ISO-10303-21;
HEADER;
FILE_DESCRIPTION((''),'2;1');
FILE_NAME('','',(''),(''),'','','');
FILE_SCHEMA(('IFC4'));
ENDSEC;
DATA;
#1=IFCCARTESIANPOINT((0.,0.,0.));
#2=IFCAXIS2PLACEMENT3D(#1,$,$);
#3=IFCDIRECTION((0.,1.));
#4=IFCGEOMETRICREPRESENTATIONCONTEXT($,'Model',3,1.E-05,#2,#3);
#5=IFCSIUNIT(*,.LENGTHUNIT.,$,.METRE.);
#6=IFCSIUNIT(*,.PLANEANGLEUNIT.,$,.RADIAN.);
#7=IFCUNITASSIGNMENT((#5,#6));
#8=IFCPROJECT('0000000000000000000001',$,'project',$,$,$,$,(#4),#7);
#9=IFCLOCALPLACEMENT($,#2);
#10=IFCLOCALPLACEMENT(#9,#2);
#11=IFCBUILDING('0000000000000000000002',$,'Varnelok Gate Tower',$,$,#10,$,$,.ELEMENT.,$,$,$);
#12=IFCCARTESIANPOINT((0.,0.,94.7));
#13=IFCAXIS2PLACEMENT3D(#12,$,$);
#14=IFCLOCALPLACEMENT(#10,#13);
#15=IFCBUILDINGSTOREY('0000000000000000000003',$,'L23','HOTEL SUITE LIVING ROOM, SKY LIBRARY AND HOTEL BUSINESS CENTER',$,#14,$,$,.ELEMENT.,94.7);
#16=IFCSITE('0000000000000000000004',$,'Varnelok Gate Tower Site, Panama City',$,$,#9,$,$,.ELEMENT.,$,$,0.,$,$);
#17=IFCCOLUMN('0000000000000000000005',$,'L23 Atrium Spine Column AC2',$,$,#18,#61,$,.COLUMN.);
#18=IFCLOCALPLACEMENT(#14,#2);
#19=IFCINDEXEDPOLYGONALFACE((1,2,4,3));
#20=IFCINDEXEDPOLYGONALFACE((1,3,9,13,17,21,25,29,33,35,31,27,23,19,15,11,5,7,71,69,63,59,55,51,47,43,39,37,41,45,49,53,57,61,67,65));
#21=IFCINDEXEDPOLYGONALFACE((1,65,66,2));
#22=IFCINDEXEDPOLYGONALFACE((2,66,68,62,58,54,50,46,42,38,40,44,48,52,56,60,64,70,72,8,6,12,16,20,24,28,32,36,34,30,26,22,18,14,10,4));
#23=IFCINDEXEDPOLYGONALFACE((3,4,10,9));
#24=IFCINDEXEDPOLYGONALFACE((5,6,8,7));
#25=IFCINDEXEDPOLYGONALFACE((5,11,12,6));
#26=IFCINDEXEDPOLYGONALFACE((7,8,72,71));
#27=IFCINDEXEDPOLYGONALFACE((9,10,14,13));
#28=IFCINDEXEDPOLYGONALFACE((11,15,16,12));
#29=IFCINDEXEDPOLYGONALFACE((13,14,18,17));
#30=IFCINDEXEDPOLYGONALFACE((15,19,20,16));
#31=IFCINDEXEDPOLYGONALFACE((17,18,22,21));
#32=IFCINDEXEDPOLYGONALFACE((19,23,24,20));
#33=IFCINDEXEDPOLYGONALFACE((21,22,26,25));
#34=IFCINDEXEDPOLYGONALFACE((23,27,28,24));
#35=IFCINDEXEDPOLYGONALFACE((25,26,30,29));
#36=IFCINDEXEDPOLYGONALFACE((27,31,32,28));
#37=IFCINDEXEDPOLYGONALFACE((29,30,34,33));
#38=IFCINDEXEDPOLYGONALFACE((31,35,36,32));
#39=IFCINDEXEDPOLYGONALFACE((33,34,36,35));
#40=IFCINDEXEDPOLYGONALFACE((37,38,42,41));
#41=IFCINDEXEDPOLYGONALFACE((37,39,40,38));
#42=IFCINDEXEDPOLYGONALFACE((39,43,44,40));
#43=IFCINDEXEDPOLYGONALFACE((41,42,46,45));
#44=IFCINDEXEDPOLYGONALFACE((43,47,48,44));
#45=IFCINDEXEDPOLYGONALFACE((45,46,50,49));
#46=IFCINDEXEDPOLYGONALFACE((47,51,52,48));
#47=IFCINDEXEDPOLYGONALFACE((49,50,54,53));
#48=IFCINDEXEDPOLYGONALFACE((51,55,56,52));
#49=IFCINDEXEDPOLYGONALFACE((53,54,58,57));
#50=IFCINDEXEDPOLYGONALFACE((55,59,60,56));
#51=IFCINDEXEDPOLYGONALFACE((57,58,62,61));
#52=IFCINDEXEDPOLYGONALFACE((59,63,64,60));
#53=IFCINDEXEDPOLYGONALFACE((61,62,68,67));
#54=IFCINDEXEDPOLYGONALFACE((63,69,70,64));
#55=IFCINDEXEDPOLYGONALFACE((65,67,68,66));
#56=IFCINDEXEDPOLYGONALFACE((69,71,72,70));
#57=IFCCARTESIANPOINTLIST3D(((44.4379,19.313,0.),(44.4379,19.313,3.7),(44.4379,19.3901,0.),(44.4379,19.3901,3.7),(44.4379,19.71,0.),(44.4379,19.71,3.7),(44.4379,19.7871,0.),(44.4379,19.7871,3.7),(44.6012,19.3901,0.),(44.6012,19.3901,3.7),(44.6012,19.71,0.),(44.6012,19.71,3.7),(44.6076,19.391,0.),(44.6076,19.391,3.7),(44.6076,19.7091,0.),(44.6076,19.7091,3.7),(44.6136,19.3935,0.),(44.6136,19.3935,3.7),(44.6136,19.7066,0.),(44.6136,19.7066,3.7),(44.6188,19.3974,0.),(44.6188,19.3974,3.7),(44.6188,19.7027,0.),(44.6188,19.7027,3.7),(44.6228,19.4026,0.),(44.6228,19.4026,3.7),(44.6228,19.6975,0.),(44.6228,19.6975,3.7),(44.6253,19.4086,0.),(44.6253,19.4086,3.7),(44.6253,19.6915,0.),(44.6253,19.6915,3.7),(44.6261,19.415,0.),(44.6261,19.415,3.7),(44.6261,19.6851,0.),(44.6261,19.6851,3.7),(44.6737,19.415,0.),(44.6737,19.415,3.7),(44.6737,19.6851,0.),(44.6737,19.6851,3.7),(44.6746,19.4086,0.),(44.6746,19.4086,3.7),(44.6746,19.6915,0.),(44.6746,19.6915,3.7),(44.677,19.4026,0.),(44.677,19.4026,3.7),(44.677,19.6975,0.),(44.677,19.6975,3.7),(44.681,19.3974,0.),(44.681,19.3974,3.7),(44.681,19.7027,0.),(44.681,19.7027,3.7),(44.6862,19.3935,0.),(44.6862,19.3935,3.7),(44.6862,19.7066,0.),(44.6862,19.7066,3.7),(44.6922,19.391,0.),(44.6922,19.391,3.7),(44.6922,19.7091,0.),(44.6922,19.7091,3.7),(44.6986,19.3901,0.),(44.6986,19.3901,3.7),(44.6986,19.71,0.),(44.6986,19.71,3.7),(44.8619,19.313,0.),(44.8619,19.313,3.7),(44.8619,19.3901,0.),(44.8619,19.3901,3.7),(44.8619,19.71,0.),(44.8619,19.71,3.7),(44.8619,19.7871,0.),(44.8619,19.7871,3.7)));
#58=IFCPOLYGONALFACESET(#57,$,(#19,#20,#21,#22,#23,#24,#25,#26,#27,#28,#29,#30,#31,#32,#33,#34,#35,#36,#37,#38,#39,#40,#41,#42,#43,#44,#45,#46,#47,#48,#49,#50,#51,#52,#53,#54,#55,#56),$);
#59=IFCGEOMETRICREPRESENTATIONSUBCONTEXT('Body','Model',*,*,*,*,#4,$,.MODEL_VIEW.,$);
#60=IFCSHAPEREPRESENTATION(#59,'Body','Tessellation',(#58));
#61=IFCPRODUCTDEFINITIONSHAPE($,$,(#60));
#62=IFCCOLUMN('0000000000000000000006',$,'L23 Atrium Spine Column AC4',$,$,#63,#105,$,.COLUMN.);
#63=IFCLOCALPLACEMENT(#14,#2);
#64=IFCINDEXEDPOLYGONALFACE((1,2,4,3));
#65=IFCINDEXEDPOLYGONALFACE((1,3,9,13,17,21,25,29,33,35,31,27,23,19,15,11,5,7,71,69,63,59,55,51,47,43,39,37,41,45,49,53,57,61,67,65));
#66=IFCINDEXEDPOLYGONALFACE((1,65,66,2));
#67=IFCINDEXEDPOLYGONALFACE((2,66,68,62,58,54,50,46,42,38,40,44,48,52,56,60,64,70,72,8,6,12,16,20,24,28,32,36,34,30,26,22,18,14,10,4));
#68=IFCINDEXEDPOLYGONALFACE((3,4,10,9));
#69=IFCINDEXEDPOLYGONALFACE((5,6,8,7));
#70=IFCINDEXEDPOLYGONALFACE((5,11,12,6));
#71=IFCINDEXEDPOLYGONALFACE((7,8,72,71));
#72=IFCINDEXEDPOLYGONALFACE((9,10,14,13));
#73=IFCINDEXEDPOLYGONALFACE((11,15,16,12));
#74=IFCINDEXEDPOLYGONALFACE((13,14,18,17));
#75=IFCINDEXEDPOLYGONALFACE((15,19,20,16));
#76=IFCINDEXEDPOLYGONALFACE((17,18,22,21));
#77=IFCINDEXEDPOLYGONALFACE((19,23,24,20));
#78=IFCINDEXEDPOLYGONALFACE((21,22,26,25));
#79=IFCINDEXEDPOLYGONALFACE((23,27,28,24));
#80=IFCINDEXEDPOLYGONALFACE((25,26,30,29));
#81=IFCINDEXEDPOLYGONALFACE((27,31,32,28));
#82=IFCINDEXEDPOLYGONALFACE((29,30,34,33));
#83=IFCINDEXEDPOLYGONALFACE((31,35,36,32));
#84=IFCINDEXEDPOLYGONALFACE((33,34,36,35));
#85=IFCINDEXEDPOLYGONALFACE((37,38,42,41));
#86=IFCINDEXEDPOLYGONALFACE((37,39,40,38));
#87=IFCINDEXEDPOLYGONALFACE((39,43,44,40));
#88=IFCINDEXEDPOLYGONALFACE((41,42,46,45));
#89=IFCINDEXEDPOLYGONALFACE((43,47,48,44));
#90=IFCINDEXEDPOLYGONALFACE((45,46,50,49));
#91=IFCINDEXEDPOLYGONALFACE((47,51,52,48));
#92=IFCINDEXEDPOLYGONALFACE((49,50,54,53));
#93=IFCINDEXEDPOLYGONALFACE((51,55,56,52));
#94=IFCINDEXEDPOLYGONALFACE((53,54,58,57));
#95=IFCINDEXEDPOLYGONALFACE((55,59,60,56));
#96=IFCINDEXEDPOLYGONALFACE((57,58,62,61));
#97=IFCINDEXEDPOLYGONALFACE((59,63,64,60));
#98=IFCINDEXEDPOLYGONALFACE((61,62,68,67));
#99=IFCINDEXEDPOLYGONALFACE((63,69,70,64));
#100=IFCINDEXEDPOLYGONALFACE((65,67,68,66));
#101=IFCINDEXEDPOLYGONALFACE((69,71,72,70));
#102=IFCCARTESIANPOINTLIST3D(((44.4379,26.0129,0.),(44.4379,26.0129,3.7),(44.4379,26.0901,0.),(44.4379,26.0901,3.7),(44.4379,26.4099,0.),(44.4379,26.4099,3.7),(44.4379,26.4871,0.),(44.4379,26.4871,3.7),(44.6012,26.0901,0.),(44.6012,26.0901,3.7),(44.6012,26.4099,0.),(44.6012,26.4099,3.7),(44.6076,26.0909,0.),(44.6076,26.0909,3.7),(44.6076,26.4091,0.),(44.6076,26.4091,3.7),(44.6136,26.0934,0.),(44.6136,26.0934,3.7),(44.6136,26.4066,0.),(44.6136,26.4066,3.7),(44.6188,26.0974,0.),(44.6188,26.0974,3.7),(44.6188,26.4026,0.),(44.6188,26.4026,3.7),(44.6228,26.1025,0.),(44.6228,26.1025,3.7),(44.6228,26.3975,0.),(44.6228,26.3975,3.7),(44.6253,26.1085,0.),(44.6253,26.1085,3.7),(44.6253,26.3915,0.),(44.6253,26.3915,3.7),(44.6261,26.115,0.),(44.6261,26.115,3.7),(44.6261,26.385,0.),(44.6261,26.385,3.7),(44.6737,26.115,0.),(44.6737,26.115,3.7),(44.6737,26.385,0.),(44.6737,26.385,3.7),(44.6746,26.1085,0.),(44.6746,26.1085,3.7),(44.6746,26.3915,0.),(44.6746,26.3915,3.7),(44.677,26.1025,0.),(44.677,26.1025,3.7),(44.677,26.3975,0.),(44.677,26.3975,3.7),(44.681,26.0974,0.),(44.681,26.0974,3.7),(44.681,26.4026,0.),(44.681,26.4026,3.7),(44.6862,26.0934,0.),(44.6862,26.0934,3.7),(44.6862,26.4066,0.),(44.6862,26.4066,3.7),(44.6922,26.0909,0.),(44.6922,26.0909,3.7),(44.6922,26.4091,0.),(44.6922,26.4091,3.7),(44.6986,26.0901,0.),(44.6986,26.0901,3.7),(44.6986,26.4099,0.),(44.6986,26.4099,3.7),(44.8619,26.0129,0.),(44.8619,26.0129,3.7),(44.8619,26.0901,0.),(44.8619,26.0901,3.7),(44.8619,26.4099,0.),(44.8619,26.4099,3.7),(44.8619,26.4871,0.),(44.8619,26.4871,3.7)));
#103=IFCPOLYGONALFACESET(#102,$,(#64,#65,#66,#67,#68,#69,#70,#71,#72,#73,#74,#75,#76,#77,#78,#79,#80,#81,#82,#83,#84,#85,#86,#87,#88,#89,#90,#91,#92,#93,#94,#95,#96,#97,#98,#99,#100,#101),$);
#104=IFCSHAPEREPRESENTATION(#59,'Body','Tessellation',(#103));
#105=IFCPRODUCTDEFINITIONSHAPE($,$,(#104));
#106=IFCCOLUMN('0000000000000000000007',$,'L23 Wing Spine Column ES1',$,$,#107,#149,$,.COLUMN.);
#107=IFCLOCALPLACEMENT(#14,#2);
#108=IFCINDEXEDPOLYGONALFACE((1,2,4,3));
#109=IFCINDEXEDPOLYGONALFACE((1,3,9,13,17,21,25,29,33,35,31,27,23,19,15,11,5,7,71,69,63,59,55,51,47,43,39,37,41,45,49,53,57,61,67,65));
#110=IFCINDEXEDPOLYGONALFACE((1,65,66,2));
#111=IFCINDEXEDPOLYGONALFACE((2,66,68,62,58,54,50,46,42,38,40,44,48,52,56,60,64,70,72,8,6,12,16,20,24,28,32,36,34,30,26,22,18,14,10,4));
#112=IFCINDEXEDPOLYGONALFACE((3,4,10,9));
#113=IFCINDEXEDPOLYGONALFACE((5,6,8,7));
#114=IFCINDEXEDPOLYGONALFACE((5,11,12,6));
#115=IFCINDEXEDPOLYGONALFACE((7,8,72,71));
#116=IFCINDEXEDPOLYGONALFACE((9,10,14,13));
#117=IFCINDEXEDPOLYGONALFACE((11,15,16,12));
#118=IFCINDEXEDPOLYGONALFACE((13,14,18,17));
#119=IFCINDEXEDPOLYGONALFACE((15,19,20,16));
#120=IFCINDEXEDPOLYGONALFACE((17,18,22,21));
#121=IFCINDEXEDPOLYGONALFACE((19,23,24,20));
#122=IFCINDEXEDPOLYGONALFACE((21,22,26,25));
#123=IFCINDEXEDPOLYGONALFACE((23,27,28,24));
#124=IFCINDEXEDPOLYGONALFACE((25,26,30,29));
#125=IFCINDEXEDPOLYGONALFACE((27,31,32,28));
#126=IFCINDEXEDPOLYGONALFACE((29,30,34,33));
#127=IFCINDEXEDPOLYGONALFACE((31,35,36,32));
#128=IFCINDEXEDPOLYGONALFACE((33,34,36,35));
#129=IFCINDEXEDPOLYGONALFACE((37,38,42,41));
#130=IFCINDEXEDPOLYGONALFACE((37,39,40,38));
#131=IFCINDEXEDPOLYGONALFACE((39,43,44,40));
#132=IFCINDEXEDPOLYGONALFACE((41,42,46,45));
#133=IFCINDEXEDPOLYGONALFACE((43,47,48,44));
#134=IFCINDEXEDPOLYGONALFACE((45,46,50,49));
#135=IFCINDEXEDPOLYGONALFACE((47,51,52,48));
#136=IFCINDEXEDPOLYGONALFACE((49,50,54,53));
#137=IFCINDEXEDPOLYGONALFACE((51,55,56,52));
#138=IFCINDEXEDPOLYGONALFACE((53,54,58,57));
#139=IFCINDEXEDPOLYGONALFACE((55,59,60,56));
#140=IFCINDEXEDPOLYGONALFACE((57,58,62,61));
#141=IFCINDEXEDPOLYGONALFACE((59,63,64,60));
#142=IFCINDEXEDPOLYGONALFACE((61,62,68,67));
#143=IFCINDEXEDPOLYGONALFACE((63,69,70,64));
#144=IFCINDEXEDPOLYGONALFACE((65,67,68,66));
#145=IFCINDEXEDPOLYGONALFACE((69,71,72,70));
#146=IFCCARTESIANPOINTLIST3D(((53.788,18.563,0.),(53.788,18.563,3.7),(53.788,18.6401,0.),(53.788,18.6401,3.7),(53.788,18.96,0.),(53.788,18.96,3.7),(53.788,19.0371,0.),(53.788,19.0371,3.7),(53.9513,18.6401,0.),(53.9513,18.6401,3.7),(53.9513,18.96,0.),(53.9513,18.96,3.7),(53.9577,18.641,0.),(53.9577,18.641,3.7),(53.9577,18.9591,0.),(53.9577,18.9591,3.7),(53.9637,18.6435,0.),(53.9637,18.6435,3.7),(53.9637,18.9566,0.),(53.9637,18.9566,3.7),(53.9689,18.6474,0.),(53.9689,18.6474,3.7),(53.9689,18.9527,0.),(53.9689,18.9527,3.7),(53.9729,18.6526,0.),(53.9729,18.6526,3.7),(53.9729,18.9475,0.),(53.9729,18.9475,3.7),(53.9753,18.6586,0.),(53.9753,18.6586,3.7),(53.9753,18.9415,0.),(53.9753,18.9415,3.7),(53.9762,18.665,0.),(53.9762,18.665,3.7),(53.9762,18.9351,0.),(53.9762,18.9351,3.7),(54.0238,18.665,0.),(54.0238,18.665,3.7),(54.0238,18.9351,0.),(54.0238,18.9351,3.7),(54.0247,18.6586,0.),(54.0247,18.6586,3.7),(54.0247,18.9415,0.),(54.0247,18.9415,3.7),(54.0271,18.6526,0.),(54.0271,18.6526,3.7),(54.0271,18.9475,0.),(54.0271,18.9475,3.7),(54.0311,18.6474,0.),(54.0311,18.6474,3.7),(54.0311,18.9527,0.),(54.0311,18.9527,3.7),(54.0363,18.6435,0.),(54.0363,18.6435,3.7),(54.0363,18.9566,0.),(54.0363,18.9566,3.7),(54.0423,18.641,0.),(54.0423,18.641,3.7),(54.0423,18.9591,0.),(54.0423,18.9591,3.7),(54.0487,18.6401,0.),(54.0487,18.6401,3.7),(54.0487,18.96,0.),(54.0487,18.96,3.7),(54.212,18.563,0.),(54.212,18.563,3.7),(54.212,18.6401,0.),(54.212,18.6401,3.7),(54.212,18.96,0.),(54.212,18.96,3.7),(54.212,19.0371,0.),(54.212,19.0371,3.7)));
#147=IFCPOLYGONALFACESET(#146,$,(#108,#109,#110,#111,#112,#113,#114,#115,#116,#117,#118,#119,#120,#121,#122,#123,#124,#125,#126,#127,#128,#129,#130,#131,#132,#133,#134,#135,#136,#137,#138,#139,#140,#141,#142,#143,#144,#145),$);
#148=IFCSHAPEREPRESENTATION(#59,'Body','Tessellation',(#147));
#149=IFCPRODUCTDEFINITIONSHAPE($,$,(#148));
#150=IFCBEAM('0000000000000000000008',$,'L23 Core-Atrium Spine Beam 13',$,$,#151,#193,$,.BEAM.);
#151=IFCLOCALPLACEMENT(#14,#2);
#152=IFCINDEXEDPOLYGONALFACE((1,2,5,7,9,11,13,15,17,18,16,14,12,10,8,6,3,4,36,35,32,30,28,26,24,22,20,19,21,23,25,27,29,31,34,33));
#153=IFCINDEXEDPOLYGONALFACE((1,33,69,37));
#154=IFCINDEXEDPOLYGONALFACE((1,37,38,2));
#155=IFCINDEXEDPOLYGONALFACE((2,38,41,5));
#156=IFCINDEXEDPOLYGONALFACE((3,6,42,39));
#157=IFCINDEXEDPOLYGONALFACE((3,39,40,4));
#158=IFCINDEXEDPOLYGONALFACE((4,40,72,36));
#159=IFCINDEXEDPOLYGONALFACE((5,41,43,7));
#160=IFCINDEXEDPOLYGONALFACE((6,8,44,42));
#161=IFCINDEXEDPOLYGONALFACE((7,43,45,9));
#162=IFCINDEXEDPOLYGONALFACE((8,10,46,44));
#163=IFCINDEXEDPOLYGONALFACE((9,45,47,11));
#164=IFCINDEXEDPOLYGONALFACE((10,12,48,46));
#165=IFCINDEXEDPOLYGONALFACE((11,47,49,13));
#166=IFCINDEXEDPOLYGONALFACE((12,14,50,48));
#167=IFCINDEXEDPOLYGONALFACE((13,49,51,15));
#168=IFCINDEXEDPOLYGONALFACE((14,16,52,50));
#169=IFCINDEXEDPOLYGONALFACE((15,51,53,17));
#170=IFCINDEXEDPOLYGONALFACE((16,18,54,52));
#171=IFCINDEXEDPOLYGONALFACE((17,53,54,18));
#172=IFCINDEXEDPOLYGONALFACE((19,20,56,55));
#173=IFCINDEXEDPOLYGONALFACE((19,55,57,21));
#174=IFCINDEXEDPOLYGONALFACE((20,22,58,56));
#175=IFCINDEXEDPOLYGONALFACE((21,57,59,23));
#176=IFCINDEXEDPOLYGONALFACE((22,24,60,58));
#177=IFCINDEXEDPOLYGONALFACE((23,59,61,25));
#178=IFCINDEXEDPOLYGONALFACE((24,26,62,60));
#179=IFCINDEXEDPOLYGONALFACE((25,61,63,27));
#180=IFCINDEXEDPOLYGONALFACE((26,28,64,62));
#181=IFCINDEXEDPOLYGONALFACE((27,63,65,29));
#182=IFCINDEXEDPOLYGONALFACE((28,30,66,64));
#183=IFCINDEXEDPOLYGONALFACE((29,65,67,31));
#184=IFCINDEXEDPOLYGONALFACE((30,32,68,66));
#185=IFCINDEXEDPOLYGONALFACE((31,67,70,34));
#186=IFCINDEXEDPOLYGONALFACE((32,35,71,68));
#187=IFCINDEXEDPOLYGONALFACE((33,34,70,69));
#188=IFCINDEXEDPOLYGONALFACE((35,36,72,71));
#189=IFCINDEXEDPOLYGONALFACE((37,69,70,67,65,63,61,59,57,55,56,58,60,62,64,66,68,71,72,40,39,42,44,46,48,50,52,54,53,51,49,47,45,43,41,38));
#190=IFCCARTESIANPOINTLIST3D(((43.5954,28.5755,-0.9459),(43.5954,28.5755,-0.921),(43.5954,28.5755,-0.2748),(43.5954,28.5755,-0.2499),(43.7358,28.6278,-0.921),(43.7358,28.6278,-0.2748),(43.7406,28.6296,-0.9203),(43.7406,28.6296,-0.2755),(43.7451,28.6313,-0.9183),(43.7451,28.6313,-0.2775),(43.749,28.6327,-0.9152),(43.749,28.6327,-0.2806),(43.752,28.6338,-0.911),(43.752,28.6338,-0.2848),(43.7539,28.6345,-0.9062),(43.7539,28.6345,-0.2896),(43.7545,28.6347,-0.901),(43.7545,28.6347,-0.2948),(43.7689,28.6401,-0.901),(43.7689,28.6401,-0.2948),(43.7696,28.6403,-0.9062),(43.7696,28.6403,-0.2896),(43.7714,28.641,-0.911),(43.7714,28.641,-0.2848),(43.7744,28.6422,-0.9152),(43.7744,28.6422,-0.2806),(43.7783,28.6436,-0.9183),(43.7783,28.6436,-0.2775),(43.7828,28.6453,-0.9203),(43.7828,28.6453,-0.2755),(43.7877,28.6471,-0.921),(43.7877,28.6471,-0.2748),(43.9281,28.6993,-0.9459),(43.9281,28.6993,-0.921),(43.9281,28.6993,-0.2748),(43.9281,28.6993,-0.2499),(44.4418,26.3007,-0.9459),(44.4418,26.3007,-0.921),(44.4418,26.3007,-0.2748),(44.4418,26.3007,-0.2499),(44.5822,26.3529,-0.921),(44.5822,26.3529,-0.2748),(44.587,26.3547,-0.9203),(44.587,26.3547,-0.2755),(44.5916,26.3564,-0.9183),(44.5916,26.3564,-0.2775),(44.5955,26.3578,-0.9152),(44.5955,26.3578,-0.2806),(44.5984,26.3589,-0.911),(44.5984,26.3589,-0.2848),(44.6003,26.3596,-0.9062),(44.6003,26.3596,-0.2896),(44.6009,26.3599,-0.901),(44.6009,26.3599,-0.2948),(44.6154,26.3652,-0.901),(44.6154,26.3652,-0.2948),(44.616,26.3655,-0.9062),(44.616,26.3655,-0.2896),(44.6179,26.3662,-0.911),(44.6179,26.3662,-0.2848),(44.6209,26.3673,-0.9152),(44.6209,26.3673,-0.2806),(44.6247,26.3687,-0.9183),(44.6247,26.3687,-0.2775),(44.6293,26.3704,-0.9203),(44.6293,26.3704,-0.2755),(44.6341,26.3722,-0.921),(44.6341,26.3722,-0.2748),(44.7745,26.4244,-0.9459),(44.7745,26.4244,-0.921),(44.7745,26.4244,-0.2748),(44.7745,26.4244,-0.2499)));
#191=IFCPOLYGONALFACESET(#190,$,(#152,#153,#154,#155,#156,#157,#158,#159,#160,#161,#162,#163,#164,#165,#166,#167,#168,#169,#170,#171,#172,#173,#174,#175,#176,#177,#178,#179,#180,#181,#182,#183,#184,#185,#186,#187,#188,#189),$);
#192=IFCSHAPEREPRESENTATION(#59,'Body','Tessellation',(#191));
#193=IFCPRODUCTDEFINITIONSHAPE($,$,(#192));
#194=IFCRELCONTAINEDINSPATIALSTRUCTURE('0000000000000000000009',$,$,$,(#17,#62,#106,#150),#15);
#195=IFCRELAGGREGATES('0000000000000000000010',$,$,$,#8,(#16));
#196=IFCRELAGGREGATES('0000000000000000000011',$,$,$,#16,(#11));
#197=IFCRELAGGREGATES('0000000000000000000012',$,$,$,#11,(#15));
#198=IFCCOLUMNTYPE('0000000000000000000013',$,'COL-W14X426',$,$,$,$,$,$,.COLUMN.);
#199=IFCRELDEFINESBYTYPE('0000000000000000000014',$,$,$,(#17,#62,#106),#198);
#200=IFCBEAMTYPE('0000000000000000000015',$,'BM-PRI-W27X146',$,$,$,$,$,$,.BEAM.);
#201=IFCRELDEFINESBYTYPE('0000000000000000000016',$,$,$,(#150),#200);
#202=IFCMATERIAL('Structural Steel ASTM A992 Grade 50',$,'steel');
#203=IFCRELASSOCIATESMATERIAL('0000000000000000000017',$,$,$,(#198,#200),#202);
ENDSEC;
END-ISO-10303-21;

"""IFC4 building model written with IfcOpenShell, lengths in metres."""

from ifc_helpers import new_model, si_unit, direction, frame, origin, origin_2d, place, context, subcontext, project, spatial, i_section, extrude, material, material_profile, profile_set, type_object, element, save


model = new_model("IFC4")

# Units and contexts
model_context = context("Model", 3, precision=1e-05, world=origin(), true_north=direction((0.0, 1.0)))
body_context = subcontext(model_context, "Body", "Model", "MODEL_VIEW")
ifc_project = project(units=[si_unit("LENGTHUNIT", "METRE"), si_unit("PLANEANGLEUNIT", "RADIAN")], contexts=[model_context])

# Site, building, storey
site_placement = place(None, origin())
site = spatial("IfcSite", under=ifc_project, at=site_placement, Name="Varnelok Gate Tower Site, Panama City", CompositionType="ELEMENT", RefElevation=0.0)
building_placement = place(site_placement, origin())
building = spatial("IfcBuilding", under=site, at=building_placement, Name="Varnelok Gate Tower", CompositionType="ELEMENT")
storey_placement = place(building_placement, frame((0.0, 0.0, 94.7)))
storey = spatial("IfcBuildingStorey", under=building, at=storey_placement, Name="L23", Description="HOTEL SUITE LIVING ROOM, SKY LIBRARY AND HOTEL BUSINESS CENTER", CompositionType="ELEMENT", Elevation=94.7)

# Columns
ifc_material_1 = material(Name="Structural Steel ASTM A992 Grade 50", Category="steel")
ifc_material_profile_1 = material_profile(ifc_material_1, i_section(OverallWidth=0.4241, OverallDepth=0.4741, WebThickness=0.0476, FlangeThickness=0.0771, FilletRadius=0.0249, at=origin_2d()), Name="W14X426")
ifc_profile_set_1 = profile_set([ifc_material_profile_1], Name="Structural Steel ASTM A992 Grade 50")
column_type = type_object("IfcColumnType", Name="COL-W14X426", PredefinedType="COLUMN", material=ifc_profile_set_1)
for number, where, z_axis, x_axis, name in (
    (1, (44.6499, 19.55, 0.0), (0.0, 0.0, 1.0), (1.0, 0.0, 0.0), "L23 Atrium Spine Column AC2"),
    (2, (44.6499, 26.25, 0.0), (0.0, 0.0, 1.0), (1.0, 0.0, 0.0), "L23 Atrium Spine Column AC4"),
    (3, (54.0, 18.8, 0.0), (0.0, 0.0, 1.0), (1.0, 0.0, 0.0), "L23 Wing Spine Column ES1"),
):
    element("IfcColumn", number, at=place(storey_placement, frame(where, z_axis=z_axis, x_axis=x_axis)), inside=storey, type_object=column_type, Name=name, PredefinedType="COLUMN", context=body_context, shape_type="SweptSolid", body=[
        extrude(i_section(OverallWidth=0.4241, OverallDepth=0.4741, WebThickness=0.0476, FlangeThickness=0.0771, FilletRadius=0.0249, at=origin_2d()), origin(), (0.0, 0.0, 1.0), 3.7),
    ])

# Beam
ifc_material_profile_2 = material_profile(ifc_material_1, i_section(OverallWidth=0.355, OverallDepth=0.696, WebThickness=0.0154, FlangeThickness=0.0249, FilletRadius=0.02, at=origin_2d()), Name="W27X146")
ifc_profile_set_2 = profile_set([ifc_material_profile_2], Name="Structural Steel ASTM A992 Grade 50")
beam_type_1 = type_object("IfcBeamType", Name="BM-PRI-W27X146", PredefinedType="BEAM", material=ifc_profile_set_2)
beam_1_placement = place(storey_placement, frame((44.6082, 26.3625, -0.5979), z_axis=(-0.348719, 0.937227, 0.0), x_axis=(-0.937227, -0.348719, 0.0)))
element("IfcBeam", 4, at=beam_1_placement, inside=storey, type_object=beam_type_1, Name="L23 Core-Atrium Spine Beam 13", PredefinedType="BEAM", context=body_context, shape_type="SweptSolid", body=[
    extrude(i_section(OverallWidth=0.355, OverallDepth=0.696, WebThickness=0.0154, FlangeThickness=0.0249, FilletRadius=0.02, at=origin_2d()), origin(), (0.0, 0.0, 1.0), 2.4272),
])

save(model, "model.ifc")
